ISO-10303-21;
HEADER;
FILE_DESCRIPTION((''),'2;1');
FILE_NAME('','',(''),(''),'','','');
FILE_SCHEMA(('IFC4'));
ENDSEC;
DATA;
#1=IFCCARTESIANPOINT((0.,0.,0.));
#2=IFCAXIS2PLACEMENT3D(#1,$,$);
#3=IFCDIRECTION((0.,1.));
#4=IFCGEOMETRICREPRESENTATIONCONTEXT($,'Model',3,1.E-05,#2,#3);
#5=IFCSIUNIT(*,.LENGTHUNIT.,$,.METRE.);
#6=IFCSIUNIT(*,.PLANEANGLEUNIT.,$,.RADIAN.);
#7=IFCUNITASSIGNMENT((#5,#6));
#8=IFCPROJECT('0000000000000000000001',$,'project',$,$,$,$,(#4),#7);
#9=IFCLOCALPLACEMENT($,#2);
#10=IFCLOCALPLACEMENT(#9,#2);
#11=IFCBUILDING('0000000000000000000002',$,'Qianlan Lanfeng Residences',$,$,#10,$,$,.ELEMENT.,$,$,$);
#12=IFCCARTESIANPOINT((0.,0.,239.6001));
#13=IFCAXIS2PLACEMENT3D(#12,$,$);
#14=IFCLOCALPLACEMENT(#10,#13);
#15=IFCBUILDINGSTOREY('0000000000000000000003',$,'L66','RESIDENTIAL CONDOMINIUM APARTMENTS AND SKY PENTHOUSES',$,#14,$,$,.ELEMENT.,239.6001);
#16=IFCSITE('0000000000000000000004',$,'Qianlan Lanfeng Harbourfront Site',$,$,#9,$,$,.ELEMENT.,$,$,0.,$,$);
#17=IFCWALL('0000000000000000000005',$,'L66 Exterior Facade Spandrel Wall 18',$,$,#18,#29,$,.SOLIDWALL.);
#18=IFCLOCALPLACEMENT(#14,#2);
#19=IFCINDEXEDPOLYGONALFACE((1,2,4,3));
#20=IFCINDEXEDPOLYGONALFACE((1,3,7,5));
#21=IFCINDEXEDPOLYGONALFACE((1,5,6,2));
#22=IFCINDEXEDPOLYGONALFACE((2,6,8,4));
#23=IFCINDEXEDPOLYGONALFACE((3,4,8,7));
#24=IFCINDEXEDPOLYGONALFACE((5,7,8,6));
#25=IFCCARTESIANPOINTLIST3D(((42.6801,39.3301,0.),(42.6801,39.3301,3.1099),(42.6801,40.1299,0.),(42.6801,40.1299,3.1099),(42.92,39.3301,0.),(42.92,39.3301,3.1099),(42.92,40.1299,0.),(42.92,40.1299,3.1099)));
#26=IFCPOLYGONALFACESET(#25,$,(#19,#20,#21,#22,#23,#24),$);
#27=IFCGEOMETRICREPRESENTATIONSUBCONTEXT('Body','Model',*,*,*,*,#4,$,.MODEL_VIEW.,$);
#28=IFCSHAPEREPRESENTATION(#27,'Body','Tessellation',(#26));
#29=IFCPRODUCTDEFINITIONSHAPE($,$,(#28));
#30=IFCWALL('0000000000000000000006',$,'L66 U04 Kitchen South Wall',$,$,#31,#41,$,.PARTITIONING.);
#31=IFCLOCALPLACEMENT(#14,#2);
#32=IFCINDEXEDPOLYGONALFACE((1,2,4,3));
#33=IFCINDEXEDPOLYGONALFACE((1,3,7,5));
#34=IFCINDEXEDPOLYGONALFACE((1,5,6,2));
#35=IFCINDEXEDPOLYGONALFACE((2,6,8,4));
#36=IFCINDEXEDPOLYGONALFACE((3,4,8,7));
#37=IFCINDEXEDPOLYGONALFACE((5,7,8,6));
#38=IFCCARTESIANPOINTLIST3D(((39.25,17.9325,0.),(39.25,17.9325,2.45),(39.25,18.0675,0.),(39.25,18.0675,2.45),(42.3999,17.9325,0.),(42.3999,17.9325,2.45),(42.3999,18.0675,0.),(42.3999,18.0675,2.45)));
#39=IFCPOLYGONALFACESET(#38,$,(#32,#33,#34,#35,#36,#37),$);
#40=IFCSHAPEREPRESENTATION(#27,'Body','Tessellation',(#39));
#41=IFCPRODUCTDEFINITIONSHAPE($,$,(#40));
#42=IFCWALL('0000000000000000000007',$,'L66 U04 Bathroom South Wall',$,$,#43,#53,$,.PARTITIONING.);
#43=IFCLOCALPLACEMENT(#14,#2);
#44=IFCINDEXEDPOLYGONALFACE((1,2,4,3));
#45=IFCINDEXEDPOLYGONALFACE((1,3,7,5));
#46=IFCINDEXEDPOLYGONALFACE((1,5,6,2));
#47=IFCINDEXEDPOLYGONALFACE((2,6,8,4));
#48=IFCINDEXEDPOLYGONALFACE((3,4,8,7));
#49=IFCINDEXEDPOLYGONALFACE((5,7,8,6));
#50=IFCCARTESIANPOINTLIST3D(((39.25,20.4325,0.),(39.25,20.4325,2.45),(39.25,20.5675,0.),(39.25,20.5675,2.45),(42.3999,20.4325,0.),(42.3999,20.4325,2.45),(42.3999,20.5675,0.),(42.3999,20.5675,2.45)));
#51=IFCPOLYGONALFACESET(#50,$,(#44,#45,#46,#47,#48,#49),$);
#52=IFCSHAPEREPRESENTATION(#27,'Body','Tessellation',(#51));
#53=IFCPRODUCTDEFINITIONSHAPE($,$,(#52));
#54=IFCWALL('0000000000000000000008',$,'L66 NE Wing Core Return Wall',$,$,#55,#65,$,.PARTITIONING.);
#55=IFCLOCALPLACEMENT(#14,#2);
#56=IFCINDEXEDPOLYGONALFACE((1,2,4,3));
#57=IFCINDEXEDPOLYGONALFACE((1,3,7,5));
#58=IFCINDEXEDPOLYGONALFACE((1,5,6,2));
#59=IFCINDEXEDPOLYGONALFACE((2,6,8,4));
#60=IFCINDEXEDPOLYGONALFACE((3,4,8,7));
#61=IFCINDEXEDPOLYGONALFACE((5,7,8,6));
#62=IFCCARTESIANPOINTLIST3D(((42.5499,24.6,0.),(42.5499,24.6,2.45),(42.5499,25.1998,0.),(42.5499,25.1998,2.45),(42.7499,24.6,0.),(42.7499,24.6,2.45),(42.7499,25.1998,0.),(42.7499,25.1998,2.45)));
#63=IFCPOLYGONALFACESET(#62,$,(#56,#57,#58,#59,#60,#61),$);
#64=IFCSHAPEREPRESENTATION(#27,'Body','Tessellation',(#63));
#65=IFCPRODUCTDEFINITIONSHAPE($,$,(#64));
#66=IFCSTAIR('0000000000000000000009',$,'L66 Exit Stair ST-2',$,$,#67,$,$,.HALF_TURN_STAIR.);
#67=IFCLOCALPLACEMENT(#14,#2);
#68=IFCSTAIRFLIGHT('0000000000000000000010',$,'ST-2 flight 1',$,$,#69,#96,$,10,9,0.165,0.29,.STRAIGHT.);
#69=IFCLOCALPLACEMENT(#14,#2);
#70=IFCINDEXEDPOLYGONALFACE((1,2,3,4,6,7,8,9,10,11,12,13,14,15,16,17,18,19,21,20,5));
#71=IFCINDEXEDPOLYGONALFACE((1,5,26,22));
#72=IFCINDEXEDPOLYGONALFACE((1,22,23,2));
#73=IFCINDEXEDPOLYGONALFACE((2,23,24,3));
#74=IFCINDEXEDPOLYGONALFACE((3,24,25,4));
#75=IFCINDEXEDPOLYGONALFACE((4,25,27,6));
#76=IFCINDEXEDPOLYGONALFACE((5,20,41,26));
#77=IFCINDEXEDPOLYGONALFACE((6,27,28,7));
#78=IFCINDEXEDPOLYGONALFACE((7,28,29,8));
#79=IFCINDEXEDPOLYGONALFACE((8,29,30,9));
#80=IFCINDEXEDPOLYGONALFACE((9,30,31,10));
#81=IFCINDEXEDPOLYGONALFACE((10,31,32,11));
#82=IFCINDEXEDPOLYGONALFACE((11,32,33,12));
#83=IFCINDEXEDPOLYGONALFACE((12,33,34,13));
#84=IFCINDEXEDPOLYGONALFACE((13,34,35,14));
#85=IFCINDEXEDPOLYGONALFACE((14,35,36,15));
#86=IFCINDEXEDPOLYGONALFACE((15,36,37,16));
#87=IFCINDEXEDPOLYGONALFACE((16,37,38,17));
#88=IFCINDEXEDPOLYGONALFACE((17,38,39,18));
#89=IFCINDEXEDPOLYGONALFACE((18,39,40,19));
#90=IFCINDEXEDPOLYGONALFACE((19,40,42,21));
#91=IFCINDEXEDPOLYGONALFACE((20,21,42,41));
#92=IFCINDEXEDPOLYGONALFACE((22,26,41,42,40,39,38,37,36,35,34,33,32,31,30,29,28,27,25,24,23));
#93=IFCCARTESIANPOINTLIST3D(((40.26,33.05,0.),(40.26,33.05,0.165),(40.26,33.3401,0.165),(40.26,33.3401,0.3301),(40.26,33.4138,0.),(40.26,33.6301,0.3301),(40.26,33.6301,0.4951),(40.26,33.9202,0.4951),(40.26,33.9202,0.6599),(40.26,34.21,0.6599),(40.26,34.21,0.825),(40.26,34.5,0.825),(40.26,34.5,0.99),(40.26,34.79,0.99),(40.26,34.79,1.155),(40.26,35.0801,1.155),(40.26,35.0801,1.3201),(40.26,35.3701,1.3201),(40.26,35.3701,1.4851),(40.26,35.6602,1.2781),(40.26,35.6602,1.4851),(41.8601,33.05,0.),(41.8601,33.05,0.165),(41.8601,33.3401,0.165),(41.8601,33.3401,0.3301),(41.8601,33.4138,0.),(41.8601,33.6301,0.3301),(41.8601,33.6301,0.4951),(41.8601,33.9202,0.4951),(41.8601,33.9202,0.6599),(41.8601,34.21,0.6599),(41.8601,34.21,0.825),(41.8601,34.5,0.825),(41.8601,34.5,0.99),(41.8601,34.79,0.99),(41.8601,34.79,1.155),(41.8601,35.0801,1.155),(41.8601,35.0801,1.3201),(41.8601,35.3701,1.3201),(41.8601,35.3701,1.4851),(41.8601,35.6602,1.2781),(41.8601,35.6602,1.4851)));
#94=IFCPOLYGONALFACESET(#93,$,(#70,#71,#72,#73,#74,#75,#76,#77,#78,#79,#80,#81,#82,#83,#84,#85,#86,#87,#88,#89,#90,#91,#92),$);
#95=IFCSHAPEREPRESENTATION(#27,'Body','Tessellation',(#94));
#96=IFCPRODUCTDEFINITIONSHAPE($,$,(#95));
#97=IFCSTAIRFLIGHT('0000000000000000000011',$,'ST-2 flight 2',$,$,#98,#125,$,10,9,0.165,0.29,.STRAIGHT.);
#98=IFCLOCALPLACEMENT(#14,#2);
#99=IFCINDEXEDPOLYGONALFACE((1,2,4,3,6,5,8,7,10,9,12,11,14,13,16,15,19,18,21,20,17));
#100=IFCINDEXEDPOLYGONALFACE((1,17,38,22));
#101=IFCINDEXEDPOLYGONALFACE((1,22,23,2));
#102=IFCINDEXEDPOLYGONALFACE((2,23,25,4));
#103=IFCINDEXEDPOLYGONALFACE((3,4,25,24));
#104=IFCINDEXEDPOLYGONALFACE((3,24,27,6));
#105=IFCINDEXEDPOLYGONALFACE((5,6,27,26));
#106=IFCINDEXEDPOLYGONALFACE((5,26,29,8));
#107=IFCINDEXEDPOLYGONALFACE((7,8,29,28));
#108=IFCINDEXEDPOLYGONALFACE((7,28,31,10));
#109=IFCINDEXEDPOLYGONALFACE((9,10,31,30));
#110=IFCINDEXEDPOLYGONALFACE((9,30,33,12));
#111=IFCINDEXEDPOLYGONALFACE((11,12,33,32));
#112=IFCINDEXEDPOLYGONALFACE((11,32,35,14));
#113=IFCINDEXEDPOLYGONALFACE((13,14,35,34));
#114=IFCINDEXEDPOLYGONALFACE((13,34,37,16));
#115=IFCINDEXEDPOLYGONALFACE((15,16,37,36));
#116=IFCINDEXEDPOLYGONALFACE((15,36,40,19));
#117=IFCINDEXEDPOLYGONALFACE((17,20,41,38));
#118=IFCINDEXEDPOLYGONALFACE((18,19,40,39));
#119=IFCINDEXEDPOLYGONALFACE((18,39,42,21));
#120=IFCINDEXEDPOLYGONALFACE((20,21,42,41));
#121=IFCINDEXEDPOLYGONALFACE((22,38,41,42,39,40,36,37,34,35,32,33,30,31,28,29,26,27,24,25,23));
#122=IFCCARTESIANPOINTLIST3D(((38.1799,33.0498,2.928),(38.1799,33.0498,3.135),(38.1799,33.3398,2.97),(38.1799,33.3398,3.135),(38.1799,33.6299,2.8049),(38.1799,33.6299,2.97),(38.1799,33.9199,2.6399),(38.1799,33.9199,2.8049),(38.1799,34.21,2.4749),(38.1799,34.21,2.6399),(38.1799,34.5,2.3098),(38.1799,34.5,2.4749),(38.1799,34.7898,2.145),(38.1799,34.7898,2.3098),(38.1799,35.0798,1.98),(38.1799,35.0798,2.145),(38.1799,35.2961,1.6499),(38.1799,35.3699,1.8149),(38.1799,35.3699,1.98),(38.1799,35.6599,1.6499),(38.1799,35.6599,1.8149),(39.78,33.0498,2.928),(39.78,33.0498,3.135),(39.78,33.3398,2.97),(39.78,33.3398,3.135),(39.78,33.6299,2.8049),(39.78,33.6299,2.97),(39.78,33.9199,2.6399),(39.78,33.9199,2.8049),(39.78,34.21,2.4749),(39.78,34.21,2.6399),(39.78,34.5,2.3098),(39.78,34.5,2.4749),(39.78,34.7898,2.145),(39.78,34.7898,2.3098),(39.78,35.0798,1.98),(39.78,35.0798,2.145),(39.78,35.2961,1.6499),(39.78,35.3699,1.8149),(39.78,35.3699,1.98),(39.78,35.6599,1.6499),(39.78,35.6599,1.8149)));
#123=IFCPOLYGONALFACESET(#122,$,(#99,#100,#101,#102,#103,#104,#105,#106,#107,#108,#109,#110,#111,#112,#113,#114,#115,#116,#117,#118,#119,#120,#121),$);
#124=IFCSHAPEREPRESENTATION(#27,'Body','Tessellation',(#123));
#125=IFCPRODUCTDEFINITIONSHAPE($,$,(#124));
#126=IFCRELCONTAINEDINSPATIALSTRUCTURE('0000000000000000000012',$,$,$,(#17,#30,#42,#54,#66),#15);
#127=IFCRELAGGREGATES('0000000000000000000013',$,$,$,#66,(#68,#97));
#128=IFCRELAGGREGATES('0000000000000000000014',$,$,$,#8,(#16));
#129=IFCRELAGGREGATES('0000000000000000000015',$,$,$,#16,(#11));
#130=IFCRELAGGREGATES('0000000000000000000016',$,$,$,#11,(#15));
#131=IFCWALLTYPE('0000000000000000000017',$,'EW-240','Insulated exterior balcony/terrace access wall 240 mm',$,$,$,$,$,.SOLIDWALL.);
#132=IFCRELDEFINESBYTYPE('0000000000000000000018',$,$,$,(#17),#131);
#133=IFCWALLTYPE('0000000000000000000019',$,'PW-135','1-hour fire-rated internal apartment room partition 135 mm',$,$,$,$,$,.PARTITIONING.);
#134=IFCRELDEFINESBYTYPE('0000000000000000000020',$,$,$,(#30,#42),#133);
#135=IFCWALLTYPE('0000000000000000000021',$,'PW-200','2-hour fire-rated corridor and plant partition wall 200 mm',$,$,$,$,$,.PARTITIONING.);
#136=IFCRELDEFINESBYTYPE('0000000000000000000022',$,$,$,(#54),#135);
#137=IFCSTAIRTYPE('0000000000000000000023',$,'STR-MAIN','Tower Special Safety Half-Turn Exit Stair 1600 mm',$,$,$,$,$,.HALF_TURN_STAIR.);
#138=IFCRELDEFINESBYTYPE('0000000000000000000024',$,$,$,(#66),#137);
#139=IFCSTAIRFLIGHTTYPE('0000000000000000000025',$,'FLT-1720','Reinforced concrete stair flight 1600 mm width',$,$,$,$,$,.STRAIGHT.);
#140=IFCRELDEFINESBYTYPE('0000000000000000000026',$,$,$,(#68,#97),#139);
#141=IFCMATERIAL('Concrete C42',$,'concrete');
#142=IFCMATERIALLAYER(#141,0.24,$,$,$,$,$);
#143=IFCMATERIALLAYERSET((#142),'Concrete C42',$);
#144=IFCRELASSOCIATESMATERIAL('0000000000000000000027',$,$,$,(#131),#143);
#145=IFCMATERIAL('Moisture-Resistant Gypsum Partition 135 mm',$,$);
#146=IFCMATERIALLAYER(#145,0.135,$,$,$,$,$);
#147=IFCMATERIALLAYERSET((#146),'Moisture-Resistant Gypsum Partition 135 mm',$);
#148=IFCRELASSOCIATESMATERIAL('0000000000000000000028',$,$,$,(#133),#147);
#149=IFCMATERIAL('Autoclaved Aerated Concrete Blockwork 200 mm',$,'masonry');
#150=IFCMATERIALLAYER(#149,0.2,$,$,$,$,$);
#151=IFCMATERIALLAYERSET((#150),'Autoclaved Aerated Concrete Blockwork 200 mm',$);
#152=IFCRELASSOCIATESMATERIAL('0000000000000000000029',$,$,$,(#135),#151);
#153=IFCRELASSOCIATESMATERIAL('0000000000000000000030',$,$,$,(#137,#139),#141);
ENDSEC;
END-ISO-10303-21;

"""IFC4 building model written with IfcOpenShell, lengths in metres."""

from ifc_helpers import new_model, si_unit, direction, frame, frame_2d, origin, place, context, subcontext, project, spatial, polyline, rectangle, outline, extrude, material, layer, layer_set, type_object, element, aggregate, save


model = new_model("IFC4")

# Units and contexts
model_context = context("Model", 3, precision=1e-05, world=origin(), true_north=direction((0.0, 1.0)))
body_context = subcontext(model_context, "Body", "Model", "MODEL_VIEW")
ifc_project = project(units=[si_unit("LENGTHUNIT", "METRE"), si_unit("PLANEANGLEUNIT", "RADIAN")], contexts=[model_context])

# Site, building, storey
site_placement = place(None, origin())
site = spatial("IfcSite", under=ifc_project, at=site_placement, Name="Qianlan Lanfeng Harbourfront Site", CompositionType="ELEMENT", RefElevation=0.0)
building_placement = place(site_placement, origin())
building = spatial("IfcBuilding", under=site, at=building_placement, Name="Qianlan Lanfeng Residences", CompositionType="ELEMENT")
storey_placement = place(building_placement, frame((0.0, 0.0, 239.6001)))
storey = spatial("IfcBuildingStorey", under=building, at=storey_placement, Name="L66", Description="RESIDENTIAL CONDOMINIUM APARTMENTS AND SKY PENTHOUSES", CompositionType="ELEMENT", Elevation=239.6001)

# Wall
ifc_material_1 = material(Name="Concrete C42", Category="concrete")
ifc_layer_1 = layer(ifc_material_1, 0.24)
ifc_layer_set_1 = layer_set([ifc_layer_1], Name="Concrete C42")
wall_type_1 = type_object("IfcWallType", Name="EW-240", Description="Insulated exterior balcony/terrace access wall 240 mm", PredefinedType="SOLIDWALL", material=ifc_layer_set_1)
wall_1_placement = place(storey_placement, frame((42.8, 39.3301, 0.0), z_axis=(0.0, 0.0, 1.0), x_axis=(0.0, 1.0, 0.0)))
element("IfcWall", 1, at=wall_1_placement, inside=storey, type_object=wall_type_1, Name="L66 Exterior Facade Spandrel Wall 18", PredefinedType="SOLIDWALL", context=body_context, shape_type="SweptSolid", body=[
    extrude(rectangle(XDim=0.7998, YDim=0.24, at=frame_2d((0.3999, 0.0))), origin(), (0.0, 0.0, 1.0), 3.1099),
])

# Shared definitions
ifc_material_2 = material(Name="Moisture-Resistant Gypsum Partition 135 mm")
ifc_layer_2 = layer(ifc_material_2, 0.135)
ifc_layer_set_2 = layer_set([ifc_layer_2], Name="Moisture-Resistant Gypsum Partition 135 mm")
wall_type_2 = type_object("IfcWallType", Name="PW-135", Description="1-hour fire-rated internal apartment room partition 135 mm", PredefinedType="PARTITIONING", material=ifc_layer_set_2)

# Walls
for number, where, z_axis, x_axis, name in (
    (2, (39.25, 18.0, 0.0), (0.0, 0.0, 1.0), (1.0, 0.0, 0.0), "L66 U04 Kitchen South Wall"),
    (3, (39.25, 20.5, 0.0), (0.0, 0.0, 1.0), (1.0, 0.0, 0.0), "L66 U04 Bathroom South Wall"),
):
    element("IfcWall", number, at=place(storey_placement, frame(where, z_axis=z_axis, x_axis=x_axis)), inside=storey, type_object=wall_type_2, Name=name, PredefinedType="PARTITIONING", context=body_context, shape_type="SweptSolid", body=[
        extrude(rectangle(XDim=3.1499, YDim=0.135, at=frame_2d((1.575, 0.0))), origin(), (0.0, 0.0, 1.0), 2.45),
    ])

# Shared definitions
ifc_material_3 = material(Name="Autoclaved Aerated Concrete Blockwork 200 mm", Category="masonry")
ifc_layer_3 = layer(ifc_material_3, 0.2)
ifc_layer_set_3 = layer_set([ifc_layer_3], Name="Autoclaved Aerated Concrete Blockwork 200 mm")
wall_type_3 = type_object("IfcWallType", Name="PW-200", Description="2-hour fire-rated corridor and plant partition wall 200 mm", PredefinedType="PARTITIONING", material=ifc_layer_set_3)

# Wall
wall_2_placement = place(storey_placement, frame((42.6499, 24.6001, 0.0), z_axis=(0.0, 0.0, 1.0), x_axis=(0.0, 1.0, 0.0)))
element("IfcWall", 4, at=wall_2_placement, inside=storey, type_object=wall_type_3, Name="L66 NE Wing Core Return Wall", PredefinedType="PARTITIONING", context=body_context, shape_type="SweptSolid", body=[
    extrude(rectangle(XDim=0.5999, YDim=0.2, at=frame_2d((0.2998, 0.0))), origin(), (0.0, 0.0, 1.0), 2.45),
])

# Stair, stair flights
stair_type = type_object("IfcStairType", Name="STR-MAIN", Description="Tower Special Safety Half-Turn Exit Stair 1600 mm", PredefinedType="HALF_TURN_STAIR", material=ifc_material_1)
stair_placement = place(storey_placement, origin())
stair = element("IfcStair", 5, at=stair_placement, inside=storey, type_object=stair_type, Name="L66 Exit Stair ST-2", PredefinedType="HALF_TURN_STAIR")
stair_flight_type = type_object("IfcStairFlightType", Name="FLT-1720", Description="Reinforced concrete stair flight 1600 mm width", PredefinedType="STRAIGHT", material=ifc_material_1)
stair_flight_1_placement = place(storey_placement, frame((41.0601, 33.05, 0.0), z_axis=(0.0, 0.0, 1.0), x_axis=(0.0, 1.0, 0.0)))
stair_flight_1 = element("IfcStairFlight", 6, at=stair_flight_1_placement, type_object=stair_flight_type, Name="ST-2 flight 1", NumberOfRisers=10, NumberOfTreads=9, PredefinedType="STRAIGHT", RiserHeight=0.165, TreadLength=0.29, context=body_context, shape_type="SweptSolid", body=[
    extrude(outline(polyline([(0.0, 0.0), (0.0, 0.165), (0.29, 0.165), (0.29, 0.3301), (0.5801, 0.3301), (0.5801, 0.4951), (0.8701, 0.4951), (0.8701, 0.6599), (1.1599, 0.6599), (1.1599, 0.825), (1.45, 0.825), (1.45, 0.99), (1.74, 0.99), (1.74, 1.155), (2.03, 1.155), (2.03, 1.3201), (2.3201, 1.3201), (2.3201, 1.4851), (2.6101, 1.4851), (2.6101, 1.6499), (2.6101, 1.2781), (0.3638, 0.0), (0.0, 0.0)])), frame((0.0, 0.8, 0.0), z_axis=(0.0, -1.0, 0.0), x_axis=(1.0, 0.0, 0.0)), (0.0, 0.0, 1.0), 1.6001),
])
stair_flight_2_placement = place(storey_placement, frame((38.98, 35.6599, 1.6499), z_axis=(0.0, 0.0, 1.0), x_axis=(0.0, -1.0, 0.0)))
stair_flight_2 = element("IfcStairFlight", 7, at=stair_flight_2_placement, type_object=stair_flight_type, Name="ST-2 flight 2", NumberOfRisers=10, NumberOfTreads=9, PredefinedType="STRAIGHT", RiserHeight=0.165, TreadLength=0.29, context=body_context, shape_type="SweptSolid", body=[
    extrude(outline(polyline([(0.0, 0.0), (0.0, 0.165), (0.29, 0.165), (0.29, 0.3301), (0.5801, 0.3301), (0.5801, 0.4951), (0.8701, 0.4951), (0.8701, 0.6599), (1.1599, 0.6599), (1.1599, 0.825), (1.45, 0.825), (1.45, 0.99), (1.74, 0.99), (1.74, 1.155), (2.03, 1.155), (2.03, 1.3201), (2.3201, 1.3201), (2.3201, 1.4851), (2.6101, 1.4851), (2.6101, 1.6499), (2.6101, 1.2781), (0.3638, 0.0), (0.0, 0.0)])), frame((0.0, 0.8, 0.0), z_axis=(0.0, -1.0, 0.0), x_axis=(1.0, 0.0, 0.0)), (0.0, 0.0, 1.0), 1.6001),
])
aggregate(stair, [stair_flight_1, stair_flight_2])

save(model, "model.ifc")
